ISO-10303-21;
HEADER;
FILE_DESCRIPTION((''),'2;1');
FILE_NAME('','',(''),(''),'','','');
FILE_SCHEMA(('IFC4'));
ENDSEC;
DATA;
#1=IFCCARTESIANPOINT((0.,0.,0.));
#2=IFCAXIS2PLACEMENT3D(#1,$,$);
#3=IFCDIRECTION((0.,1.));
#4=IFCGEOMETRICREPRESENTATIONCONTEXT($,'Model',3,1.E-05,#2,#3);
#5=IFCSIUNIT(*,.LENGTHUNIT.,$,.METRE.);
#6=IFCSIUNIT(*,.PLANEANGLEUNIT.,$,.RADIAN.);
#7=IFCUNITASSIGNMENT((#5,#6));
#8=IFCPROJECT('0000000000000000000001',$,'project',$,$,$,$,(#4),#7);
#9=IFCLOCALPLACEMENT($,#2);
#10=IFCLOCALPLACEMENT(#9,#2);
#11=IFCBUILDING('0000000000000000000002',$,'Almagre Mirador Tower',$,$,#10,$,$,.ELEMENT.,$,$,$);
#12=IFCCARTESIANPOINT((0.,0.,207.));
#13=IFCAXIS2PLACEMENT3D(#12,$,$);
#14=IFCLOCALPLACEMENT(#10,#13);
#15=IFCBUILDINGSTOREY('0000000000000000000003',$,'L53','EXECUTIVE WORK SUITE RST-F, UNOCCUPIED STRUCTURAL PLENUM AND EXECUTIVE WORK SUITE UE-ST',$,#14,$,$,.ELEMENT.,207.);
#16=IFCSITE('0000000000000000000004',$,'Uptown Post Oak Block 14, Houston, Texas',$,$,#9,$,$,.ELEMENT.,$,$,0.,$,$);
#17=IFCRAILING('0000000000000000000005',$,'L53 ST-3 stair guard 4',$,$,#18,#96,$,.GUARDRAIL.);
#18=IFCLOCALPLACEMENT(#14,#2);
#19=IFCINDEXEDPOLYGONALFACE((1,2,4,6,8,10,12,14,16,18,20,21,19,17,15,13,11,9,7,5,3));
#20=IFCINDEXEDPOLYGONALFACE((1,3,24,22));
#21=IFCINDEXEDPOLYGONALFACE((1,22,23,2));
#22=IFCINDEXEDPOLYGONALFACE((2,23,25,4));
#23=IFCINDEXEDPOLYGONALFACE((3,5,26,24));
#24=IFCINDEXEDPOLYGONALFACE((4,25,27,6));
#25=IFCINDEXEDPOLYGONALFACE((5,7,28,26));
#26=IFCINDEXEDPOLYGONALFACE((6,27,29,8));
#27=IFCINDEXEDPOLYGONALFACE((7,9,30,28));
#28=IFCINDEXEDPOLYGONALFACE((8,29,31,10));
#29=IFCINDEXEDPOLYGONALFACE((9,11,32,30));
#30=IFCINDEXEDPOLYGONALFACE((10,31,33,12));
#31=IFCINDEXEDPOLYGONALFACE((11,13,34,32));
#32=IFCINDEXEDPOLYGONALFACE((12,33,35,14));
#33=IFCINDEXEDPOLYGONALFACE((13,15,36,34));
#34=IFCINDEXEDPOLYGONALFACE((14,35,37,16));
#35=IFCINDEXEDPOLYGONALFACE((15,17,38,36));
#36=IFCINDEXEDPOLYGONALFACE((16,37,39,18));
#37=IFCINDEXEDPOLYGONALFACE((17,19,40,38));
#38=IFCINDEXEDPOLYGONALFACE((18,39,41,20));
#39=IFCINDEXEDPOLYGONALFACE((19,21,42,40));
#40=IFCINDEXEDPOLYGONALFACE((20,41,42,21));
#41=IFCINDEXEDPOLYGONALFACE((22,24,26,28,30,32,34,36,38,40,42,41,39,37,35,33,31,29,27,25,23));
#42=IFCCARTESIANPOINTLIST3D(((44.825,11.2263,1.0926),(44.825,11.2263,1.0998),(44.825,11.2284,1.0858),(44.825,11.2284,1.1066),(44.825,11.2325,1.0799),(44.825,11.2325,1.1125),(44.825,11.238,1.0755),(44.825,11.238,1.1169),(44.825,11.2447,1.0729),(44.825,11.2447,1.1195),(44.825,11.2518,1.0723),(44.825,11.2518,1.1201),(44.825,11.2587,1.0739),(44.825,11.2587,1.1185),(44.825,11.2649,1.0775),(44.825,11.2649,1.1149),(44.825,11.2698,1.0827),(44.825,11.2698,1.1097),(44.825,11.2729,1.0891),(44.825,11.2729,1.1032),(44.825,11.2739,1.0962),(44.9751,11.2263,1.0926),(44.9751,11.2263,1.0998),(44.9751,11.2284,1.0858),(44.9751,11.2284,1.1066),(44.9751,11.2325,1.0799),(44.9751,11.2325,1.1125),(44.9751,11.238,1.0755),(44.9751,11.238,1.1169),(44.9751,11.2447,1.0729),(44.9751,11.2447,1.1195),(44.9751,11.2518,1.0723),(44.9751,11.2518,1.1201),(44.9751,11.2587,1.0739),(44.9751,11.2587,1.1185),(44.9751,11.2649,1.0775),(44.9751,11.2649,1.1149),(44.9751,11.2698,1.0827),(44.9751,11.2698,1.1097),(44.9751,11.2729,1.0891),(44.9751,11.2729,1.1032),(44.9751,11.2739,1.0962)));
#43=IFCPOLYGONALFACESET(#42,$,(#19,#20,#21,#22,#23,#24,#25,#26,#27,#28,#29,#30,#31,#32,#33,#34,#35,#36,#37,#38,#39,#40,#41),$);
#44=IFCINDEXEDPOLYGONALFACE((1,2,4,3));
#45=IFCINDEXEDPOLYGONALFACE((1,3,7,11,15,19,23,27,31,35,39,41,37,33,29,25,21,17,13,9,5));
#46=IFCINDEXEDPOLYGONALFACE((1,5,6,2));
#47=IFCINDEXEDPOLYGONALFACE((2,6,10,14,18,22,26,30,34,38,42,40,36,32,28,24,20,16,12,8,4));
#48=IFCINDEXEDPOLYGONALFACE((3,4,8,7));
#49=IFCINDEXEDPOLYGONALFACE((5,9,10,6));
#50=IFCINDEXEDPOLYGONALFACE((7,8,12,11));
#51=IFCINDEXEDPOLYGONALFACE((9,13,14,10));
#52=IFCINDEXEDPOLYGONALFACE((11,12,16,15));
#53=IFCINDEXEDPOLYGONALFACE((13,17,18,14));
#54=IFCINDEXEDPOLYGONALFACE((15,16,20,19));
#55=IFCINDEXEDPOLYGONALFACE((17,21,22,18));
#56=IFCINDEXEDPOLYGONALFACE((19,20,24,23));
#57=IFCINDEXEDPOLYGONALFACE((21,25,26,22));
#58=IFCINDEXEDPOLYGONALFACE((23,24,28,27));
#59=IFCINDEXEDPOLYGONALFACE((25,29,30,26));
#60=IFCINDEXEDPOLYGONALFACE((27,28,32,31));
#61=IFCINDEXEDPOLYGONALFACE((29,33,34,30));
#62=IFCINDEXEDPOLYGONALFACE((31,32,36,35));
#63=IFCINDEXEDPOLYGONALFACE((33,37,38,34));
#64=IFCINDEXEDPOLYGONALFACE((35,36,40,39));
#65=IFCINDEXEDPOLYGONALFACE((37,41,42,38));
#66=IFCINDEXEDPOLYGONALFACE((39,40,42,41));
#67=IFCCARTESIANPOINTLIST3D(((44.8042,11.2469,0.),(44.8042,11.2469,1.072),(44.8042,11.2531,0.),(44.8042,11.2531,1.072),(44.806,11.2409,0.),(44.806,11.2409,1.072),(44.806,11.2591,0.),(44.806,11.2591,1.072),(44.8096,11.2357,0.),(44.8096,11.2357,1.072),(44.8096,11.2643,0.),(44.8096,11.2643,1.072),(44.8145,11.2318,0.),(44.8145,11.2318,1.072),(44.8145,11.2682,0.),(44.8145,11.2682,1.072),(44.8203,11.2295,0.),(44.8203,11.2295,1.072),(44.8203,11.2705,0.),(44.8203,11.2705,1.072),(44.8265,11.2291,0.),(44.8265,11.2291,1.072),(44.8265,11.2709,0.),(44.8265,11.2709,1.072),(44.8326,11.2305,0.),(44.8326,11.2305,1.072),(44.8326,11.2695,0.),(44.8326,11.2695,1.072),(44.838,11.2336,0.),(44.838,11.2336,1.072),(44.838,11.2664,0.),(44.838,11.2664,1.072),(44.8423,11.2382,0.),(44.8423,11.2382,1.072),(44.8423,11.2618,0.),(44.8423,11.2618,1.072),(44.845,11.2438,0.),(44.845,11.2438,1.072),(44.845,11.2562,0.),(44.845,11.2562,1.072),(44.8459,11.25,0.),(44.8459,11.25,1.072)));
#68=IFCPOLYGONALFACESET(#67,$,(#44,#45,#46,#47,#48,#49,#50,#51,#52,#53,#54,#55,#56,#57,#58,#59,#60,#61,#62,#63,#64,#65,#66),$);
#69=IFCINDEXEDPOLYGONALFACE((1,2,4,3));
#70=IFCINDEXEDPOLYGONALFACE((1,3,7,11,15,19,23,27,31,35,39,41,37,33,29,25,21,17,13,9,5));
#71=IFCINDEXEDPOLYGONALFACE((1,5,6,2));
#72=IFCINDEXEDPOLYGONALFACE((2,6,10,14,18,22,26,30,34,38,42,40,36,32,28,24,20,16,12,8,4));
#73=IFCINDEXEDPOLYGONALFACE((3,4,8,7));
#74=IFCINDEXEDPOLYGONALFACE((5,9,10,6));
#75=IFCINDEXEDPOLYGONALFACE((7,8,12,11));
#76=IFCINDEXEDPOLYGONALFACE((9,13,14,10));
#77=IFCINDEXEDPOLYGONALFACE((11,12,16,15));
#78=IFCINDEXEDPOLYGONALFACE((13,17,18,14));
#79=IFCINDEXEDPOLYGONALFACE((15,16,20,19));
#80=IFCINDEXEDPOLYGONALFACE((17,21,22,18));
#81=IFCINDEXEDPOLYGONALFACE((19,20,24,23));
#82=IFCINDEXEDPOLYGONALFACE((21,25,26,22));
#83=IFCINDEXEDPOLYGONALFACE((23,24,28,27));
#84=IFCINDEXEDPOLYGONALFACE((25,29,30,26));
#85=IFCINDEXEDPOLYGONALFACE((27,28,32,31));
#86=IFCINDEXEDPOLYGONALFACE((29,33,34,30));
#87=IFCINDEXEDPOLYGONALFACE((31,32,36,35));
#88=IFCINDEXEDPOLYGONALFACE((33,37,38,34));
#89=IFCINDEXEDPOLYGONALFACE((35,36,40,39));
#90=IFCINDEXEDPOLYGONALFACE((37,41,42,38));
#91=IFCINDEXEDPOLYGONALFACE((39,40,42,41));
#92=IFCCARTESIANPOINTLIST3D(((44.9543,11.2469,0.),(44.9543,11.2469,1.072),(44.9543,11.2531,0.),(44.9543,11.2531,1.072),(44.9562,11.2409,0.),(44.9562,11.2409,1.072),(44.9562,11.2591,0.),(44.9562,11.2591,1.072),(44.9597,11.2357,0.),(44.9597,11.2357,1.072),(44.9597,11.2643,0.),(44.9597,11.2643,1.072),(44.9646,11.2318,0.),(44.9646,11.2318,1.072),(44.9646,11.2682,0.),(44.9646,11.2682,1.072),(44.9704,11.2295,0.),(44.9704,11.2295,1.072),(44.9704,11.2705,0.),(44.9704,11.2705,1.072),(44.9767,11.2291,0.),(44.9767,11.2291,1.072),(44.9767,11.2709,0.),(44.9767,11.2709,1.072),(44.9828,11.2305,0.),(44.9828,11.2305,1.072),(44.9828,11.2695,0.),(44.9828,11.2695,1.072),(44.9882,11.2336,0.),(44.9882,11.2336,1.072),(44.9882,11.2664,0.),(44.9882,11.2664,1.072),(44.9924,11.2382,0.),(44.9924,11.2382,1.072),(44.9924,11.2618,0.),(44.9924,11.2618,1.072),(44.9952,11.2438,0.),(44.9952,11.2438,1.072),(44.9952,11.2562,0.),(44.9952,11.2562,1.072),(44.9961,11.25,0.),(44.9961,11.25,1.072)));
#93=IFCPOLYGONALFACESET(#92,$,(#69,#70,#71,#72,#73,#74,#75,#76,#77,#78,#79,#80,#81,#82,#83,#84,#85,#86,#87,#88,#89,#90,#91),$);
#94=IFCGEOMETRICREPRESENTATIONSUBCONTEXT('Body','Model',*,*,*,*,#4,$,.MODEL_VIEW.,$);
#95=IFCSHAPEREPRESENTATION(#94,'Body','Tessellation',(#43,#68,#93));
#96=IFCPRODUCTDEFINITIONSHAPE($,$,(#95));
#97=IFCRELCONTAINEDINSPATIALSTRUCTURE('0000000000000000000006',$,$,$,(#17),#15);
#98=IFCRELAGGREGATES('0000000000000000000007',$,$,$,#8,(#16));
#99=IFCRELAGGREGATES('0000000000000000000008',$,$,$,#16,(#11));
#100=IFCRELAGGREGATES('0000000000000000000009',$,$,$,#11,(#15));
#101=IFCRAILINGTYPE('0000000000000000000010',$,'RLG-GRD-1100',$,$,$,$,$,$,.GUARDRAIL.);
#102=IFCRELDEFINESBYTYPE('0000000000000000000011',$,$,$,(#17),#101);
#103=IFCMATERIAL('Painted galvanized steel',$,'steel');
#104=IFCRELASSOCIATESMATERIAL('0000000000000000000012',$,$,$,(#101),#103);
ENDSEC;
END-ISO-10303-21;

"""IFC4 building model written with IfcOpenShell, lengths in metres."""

from ifc_helpers import new_model, si_unit, direction, frame, origin, origin_2d, place, context, subcontext, project, spatial, circle, extrude, material, type_object, element, save


model = new_model("IFC4")

# Units and contexts
model_context = context("Model", 3, precision=1e-05, world=origin(), true_north=direction((0.0, 1.0)))
body_context = subcontext(model_context, "Body", "Model", "MODEL_VIEW")
ifc_project = project(units=[si_unit("LENGTHUNIT", "METRE"), si_unit("PLANEANGLEUNIT", "RADIAN")], contexts=[model_context])

# Site, building, storey
site_placement = place(None, origin())
site = spatial("IfcSite", under=ifc_project, at=site_placement, Name="Uptown Post Oak Block 14, Houston, Texas", CompositionType="ELEMENT", RefElevation=0.0)
building_placement = place(site_placement, origin())
building = spatial("IfcBuilding", under=site, at=building_placement, Name="Almagre Mirador Tower", CompositionType="ELEMENT")
storey_placement = place(building_placement, frame((0.0, 0.0, 207.0)))
storey = spatial("IfcBuildingStorey", under=building, at=storey_placement, Name="L53", Description="EXECUTIVE WORK SUITE RST-F, UNOCCUPIED STRUCTURAL PLENUM AND EXECUTIVE WORK SUITE UE-ST", CompositionType="ELEMENT", Elevation=207.0)

# Railing
ifc_material_1 = material(Name="Painted galvanized steel", Category="steel")
railing_type_1 = type_object("IfcRailingType", Name="RLG-GRD-1100", PredefinedType="GUARDRAIL", material=ifc_material_1)
railing_1_placement = place(storey_placement, frame((44.825, 11.25, 0.0)))
element("IfcRailing", 1, at=railing_1_placement, inside=storey, type_object=railing_type_1, Name="L53 ST-3 stair guard 4", PredefinedType="GUARDRAIL", context=body_context, shape_type="SweptSolid", body=[
    extrude(circle(Radius=0.0239, at=origin_2d()), frame((0.0, 0.0, 1.0962), z_axis=(1.0, 0.0, 0.0), x_axis=(0.0, 1.0, 0.0)), (0.0, 0.0, 1.0), 0.1501),
    extrude(circle(Radius=0.021, at=origin_2d()), origin(), (0.0, 0.0, 1.0), 1.072),
    extrude(circle(Radius=0.021, at=origin_2d()), frame((0.1501, 0.0, 0.0)), (0.0, 0.0, 1.0), 1.072),
])

save(model, "model.ifc")
